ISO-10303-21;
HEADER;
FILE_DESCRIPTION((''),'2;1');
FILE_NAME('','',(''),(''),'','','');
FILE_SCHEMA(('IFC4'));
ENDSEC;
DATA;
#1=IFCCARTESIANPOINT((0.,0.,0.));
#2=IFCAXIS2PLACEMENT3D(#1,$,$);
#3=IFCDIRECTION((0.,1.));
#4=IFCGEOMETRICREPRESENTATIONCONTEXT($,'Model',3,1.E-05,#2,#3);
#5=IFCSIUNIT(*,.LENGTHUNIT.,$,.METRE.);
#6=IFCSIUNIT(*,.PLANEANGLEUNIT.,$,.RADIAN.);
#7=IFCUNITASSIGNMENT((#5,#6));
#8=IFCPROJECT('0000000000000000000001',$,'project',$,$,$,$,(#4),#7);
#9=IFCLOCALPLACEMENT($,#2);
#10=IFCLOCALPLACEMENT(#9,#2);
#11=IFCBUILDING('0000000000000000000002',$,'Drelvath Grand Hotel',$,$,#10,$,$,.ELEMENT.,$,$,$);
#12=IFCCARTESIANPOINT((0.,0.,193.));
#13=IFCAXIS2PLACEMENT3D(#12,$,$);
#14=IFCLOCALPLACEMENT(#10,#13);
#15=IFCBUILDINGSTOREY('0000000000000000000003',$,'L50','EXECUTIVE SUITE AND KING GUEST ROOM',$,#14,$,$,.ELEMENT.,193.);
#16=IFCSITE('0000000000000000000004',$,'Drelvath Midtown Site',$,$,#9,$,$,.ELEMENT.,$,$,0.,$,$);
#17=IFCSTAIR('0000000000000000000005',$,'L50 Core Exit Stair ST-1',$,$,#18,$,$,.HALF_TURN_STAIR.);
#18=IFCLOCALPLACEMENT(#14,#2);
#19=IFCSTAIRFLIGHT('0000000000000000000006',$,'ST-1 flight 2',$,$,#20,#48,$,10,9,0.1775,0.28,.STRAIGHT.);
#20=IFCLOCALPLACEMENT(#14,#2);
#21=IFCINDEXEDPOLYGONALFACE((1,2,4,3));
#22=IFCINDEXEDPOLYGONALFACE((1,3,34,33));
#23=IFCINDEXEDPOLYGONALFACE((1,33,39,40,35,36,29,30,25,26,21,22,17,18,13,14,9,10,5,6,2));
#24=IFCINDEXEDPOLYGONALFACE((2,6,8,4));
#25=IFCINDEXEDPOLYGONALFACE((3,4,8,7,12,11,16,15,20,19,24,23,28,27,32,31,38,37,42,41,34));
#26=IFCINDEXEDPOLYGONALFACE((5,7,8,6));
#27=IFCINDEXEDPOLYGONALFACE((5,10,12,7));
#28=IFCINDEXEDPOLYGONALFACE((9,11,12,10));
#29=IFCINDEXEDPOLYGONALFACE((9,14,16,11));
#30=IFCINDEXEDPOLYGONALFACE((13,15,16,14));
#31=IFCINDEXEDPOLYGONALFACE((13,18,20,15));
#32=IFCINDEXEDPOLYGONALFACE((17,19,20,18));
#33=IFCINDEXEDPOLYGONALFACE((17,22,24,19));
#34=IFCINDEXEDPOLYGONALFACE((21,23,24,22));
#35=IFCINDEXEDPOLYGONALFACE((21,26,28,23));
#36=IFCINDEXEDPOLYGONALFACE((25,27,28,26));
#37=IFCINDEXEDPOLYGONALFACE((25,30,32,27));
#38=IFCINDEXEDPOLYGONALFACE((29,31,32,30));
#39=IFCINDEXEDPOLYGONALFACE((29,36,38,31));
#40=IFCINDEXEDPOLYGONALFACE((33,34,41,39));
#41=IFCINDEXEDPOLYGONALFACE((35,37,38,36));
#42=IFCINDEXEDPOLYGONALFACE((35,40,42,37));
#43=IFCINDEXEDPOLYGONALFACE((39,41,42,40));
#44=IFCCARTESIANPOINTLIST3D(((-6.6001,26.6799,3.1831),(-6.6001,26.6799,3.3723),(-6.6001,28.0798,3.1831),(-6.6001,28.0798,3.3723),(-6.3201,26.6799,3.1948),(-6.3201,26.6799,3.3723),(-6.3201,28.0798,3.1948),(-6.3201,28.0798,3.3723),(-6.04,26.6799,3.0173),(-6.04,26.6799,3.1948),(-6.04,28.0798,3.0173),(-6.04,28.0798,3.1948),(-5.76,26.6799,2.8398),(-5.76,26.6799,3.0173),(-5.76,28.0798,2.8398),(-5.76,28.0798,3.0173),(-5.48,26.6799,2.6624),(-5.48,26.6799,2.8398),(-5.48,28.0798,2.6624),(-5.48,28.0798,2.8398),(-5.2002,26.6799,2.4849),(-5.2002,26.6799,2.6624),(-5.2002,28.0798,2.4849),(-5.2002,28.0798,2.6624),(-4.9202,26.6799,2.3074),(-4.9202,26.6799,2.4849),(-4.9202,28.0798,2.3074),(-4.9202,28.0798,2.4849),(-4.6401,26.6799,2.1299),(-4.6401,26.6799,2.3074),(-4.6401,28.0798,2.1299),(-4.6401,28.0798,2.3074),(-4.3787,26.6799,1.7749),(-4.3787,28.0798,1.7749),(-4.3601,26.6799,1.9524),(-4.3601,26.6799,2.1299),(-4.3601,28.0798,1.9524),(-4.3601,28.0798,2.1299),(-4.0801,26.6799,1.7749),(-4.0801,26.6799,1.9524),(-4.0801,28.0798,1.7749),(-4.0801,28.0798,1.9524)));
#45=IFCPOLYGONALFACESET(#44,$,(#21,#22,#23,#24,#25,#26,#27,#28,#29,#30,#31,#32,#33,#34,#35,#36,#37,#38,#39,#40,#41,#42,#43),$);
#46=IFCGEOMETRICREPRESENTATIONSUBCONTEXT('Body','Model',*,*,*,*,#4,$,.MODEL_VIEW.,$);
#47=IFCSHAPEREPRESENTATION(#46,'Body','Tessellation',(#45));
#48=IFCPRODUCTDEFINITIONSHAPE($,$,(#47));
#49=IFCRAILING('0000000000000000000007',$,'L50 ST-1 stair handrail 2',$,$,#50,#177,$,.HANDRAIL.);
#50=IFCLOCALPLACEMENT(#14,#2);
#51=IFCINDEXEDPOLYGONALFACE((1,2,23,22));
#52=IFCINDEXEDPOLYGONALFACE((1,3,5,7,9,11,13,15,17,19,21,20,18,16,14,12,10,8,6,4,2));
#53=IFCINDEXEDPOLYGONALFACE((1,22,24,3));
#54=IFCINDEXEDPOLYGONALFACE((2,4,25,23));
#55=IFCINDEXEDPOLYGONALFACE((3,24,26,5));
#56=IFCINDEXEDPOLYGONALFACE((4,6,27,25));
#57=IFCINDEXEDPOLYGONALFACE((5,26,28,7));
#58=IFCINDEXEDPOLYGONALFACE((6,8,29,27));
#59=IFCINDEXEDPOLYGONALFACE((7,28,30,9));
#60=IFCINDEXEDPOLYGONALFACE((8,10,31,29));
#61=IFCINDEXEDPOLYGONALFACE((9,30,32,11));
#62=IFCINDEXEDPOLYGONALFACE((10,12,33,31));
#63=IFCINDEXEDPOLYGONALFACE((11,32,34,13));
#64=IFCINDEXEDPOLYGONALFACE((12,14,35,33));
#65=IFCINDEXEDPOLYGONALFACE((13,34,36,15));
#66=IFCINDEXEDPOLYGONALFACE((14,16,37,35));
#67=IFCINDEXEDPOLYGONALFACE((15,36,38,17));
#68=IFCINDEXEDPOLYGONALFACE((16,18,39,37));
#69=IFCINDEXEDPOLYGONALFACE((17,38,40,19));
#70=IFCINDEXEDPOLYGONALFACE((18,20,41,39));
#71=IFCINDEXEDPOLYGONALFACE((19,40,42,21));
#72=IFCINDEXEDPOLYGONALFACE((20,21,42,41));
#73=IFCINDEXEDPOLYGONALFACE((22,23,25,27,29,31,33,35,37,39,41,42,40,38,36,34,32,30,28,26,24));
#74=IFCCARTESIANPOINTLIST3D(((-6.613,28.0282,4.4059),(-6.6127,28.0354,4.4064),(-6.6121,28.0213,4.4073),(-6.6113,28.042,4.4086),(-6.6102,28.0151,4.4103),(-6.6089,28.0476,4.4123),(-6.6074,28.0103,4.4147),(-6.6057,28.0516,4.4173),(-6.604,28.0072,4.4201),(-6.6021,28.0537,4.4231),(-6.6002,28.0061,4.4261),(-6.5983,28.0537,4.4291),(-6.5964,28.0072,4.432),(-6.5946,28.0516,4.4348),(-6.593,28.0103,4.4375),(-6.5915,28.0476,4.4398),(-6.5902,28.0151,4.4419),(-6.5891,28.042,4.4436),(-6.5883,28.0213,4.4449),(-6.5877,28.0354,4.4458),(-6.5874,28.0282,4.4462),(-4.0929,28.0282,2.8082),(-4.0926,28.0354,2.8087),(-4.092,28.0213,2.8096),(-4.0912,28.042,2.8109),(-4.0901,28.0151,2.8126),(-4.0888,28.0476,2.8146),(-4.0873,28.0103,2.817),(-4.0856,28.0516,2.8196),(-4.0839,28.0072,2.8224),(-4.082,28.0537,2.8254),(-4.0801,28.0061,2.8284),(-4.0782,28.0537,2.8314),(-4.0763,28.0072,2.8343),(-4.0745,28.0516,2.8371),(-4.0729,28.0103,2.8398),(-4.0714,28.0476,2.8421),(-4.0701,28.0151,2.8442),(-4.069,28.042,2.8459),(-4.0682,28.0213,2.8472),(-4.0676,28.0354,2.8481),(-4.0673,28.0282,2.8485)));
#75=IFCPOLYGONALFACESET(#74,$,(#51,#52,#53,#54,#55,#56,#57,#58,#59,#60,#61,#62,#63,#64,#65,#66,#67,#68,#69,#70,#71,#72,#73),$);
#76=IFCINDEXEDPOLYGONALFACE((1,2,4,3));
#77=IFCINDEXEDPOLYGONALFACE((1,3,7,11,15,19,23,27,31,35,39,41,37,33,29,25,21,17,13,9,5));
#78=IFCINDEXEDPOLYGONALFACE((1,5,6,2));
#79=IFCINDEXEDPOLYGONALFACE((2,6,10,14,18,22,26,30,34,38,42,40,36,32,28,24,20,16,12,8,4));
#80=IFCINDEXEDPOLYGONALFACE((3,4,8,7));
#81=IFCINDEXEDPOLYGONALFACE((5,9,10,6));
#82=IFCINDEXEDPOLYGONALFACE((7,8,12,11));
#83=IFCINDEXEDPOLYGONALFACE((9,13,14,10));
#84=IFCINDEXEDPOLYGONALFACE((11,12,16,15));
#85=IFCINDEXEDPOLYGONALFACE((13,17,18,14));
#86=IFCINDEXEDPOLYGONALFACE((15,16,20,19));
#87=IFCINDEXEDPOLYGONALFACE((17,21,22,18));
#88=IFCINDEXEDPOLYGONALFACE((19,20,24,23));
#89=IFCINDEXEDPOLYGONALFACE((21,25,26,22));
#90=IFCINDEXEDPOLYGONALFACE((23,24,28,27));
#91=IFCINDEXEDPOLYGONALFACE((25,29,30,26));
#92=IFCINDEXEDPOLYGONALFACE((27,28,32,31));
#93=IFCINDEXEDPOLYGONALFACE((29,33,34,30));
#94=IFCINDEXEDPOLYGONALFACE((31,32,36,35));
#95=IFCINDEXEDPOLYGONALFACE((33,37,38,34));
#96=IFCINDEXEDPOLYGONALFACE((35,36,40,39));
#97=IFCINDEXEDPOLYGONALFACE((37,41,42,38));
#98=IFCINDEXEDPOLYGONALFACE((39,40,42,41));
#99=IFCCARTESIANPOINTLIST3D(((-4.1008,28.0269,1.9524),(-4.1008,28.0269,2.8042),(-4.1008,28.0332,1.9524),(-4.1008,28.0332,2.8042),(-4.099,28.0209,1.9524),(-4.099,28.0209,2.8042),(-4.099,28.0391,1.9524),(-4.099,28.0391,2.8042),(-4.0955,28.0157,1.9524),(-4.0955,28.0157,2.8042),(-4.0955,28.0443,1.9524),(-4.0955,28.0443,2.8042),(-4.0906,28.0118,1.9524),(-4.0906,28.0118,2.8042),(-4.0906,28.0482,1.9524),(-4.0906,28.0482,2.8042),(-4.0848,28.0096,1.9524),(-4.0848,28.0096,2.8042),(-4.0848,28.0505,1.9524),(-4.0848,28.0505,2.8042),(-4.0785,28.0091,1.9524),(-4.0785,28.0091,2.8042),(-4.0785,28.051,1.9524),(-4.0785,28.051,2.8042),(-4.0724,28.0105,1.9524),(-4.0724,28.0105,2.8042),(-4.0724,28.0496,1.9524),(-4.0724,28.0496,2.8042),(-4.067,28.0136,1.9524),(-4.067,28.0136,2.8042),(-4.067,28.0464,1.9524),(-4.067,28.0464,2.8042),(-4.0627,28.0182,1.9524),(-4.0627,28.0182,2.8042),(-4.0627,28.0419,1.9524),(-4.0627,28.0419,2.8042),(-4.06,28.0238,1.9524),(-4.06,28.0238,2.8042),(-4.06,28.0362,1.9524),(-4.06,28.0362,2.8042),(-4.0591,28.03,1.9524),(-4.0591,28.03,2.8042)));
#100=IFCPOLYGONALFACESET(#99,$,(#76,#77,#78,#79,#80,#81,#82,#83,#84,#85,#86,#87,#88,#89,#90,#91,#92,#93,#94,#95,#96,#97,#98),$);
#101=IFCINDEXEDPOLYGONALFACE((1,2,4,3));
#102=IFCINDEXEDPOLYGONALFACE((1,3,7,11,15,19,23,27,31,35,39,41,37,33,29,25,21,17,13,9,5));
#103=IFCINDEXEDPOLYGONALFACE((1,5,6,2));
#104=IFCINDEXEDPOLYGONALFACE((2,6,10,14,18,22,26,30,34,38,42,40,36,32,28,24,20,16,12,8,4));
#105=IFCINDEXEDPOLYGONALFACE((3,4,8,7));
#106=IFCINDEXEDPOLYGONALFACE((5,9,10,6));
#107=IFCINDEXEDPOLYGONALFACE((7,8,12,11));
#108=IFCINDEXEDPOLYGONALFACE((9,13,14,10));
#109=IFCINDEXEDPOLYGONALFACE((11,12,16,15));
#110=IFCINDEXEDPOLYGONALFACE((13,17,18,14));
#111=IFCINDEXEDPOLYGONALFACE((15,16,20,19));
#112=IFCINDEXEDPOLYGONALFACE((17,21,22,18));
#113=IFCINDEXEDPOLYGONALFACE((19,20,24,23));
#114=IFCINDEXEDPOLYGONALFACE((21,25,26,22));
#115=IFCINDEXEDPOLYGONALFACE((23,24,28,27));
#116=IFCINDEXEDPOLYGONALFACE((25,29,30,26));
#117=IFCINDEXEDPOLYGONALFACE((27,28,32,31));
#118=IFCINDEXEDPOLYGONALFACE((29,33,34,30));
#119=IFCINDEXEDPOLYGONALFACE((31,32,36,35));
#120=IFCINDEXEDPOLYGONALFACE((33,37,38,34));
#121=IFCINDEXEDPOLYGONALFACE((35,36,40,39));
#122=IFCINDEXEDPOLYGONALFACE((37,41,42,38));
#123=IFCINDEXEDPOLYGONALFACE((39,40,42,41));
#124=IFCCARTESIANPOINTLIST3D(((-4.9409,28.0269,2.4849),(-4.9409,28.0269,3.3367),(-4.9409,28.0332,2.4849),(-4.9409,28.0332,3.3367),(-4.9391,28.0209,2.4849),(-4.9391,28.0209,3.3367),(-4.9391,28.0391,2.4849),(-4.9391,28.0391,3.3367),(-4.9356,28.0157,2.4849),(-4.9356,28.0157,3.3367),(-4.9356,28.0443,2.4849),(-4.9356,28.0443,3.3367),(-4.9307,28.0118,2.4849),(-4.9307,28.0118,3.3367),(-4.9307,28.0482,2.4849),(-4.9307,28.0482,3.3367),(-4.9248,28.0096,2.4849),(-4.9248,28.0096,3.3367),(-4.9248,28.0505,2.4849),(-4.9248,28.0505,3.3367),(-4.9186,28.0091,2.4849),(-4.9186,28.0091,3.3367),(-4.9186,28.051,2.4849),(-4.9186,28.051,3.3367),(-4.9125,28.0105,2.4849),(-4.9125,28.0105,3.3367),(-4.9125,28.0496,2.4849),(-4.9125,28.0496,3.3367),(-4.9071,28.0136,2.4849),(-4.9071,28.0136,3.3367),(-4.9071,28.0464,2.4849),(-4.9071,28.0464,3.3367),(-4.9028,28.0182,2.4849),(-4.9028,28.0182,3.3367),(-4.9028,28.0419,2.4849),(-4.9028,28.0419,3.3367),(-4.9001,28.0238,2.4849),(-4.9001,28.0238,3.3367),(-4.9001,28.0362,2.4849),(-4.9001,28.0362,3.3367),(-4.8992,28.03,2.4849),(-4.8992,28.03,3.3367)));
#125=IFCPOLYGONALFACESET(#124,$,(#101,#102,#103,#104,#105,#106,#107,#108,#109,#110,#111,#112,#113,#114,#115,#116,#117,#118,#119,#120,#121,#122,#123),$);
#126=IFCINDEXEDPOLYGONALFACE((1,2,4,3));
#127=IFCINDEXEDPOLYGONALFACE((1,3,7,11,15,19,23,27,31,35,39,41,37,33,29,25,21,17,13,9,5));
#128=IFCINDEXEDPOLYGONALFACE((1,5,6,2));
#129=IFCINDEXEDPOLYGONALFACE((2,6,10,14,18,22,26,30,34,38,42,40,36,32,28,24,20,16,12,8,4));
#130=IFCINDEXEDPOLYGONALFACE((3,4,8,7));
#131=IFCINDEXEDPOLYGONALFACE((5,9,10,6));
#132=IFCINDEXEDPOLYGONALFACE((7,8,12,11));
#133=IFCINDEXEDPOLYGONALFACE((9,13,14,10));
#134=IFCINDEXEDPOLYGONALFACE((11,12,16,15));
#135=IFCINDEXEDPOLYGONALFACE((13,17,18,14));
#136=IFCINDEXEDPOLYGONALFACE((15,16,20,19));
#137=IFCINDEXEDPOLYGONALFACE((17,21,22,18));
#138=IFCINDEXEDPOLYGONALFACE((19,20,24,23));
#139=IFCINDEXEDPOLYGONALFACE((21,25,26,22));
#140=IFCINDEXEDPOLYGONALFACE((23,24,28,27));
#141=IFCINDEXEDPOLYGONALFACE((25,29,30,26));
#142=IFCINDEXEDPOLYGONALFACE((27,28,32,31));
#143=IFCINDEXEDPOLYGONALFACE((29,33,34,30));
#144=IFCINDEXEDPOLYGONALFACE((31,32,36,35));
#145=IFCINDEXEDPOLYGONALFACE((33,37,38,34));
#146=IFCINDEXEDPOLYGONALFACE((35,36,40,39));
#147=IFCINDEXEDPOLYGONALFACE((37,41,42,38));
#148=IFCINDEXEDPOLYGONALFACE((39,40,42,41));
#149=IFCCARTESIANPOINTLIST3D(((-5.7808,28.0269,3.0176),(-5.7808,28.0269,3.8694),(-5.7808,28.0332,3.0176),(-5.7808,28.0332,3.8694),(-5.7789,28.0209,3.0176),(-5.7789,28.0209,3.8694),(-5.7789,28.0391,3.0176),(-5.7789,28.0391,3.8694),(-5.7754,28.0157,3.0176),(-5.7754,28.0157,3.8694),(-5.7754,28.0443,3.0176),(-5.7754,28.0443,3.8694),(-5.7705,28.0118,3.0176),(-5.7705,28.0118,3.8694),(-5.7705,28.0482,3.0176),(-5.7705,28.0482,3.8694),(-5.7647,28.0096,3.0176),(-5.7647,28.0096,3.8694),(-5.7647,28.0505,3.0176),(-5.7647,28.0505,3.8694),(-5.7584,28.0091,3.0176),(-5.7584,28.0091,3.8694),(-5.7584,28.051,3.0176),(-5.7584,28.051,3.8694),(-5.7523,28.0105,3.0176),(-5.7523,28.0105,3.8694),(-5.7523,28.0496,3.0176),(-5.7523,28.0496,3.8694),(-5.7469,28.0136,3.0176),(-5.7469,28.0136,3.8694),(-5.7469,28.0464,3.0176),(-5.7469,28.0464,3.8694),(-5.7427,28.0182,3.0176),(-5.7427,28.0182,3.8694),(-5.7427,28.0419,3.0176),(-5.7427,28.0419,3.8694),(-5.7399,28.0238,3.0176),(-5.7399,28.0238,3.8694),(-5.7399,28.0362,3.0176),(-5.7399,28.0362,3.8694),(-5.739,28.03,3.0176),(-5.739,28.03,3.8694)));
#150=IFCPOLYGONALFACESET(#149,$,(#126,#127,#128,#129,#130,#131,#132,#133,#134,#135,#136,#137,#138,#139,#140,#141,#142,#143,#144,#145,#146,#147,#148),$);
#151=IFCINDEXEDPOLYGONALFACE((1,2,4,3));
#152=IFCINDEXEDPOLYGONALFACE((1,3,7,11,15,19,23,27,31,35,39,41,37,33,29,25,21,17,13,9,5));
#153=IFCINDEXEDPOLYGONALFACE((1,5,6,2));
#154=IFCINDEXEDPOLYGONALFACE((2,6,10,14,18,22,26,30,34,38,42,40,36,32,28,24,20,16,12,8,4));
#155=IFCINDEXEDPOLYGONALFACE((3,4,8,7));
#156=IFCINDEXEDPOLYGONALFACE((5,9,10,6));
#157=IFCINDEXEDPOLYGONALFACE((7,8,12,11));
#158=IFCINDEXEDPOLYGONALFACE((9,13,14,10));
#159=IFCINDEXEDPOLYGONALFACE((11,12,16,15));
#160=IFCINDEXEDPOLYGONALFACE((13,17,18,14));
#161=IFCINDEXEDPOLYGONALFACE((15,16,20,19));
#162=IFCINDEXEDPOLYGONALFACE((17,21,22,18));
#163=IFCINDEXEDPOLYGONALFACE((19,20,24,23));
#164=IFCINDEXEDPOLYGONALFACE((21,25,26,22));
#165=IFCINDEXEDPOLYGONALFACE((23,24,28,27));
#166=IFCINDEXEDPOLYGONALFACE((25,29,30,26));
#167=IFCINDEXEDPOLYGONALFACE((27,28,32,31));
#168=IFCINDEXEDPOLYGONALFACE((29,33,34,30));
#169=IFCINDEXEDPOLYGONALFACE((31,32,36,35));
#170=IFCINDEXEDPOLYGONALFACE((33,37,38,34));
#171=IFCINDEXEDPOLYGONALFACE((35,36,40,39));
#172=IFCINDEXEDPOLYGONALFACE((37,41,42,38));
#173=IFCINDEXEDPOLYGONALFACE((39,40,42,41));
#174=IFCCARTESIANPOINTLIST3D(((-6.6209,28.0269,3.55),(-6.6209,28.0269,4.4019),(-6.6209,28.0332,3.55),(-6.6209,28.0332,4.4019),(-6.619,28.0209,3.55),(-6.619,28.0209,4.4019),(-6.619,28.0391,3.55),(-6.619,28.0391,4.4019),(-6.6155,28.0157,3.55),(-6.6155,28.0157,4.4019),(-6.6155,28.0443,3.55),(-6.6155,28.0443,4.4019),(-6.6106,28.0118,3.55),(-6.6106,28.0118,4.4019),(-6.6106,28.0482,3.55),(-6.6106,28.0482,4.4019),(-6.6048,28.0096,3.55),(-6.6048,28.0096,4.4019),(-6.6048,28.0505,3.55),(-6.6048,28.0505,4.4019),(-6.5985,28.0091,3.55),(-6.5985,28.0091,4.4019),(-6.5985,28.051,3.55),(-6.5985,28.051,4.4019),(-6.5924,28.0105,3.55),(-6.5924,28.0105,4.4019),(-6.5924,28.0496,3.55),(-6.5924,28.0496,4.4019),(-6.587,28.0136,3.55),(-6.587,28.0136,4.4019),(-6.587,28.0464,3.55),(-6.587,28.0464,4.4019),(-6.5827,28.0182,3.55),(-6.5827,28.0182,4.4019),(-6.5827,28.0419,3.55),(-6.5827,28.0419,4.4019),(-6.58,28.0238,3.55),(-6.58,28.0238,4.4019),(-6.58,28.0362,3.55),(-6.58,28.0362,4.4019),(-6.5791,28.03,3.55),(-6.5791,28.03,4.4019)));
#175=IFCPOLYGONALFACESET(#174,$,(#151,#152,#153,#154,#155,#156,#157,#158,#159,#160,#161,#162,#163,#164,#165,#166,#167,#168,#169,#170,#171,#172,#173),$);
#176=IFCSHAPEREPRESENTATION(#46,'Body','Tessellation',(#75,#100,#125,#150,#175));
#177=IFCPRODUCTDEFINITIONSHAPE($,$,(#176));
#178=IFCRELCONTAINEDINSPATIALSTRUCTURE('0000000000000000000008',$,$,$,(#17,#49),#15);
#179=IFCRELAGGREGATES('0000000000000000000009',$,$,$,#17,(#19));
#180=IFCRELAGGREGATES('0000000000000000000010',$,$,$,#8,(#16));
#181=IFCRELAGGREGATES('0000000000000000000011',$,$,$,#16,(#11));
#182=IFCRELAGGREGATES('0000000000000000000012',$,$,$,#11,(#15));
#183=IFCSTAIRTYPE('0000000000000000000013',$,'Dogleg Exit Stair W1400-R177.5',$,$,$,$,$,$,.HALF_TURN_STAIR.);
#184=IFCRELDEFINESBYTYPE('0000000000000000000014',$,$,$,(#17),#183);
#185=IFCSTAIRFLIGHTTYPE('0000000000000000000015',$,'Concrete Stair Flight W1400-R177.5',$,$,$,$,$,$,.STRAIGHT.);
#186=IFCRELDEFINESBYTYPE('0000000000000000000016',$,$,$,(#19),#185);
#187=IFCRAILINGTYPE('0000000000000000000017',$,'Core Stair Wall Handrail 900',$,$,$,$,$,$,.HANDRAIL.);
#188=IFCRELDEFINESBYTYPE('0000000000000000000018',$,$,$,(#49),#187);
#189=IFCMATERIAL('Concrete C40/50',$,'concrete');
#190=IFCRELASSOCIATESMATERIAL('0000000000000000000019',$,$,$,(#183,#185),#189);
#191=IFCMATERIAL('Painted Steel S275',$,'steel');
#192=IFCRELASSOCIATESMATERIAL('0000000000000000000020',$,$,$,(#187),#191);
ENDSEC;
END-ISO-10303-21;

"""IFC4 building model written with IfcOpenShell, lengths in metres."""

from ifc_helpers import new_model, si_unit, direction, frame, origin, origin_2d, place, context, subcontext, project, spatial, polyline, circle, outline, extrude, material, type_object, element, aggregate, save


model = new_model("IFC4")

# Units and contexts
model_context = context("Model", 3, precision=1e-05, world=origin(), true_north=direction((0.0, 1.0)))
body_context = subcontext(model_context, "Body", "Model", "MODEL_VIEW")
ifc_project = project(units=[si_unit("LENGTHUNIT", "METRE"), si_unit("PLANEANGLEUNIT", "RADIAN")], contexts=[model_context])

# Site, building, storey
site_placement = place(None, origin())
site = spatial("IfcSite", under=ifc_project, at=site_placement, Name="Drelvath Midtown Site", CompositionType="ELEMENT", RefElevation=0.0)
building_placement = place(site_placement, origin())
building = spatial("IfcBuilding", under=site, at=building_placement, Name="Drelvath Grand Hotel", CompositionType="ELEMENT")
storey_placement = place(building_placement, frame((0.0, 0.0, 193.0)))
storey = spatial("IfcBuildingStorey", under=building, at=storey_placement, Name="L50", Description="EXECUTIVE SUITE AND KING GUEST ROOM", CompositionType="ELEMENT", Elevation=193.0)

# Shared definitions
ifc_material_1 = material(Name="Painted Steel S275", Category="steel")

# Shared definitions
ifc_material_2 = material(Name="Concrete C40/50", Category="concrete")

# Stair, stair flight
stair_type = type_object("IfcStairType", Name="Dogleg Exit Stair W1400-R177.5", PredefinedType="HALF_TURN_STAIR", material=ifc_material_2)
stair_placement = place(storey_placement, origin())
stair = element("IfcStair", 1, at=stair_placement, inside=storey, type_object=stair_type, Name="L50 Core Exit Stair ST-1", PredefinedType="HALF_TURN_STAIR")
stair_flight_type = type_object("IfcStairFlightType", Name="Concrete Stair Flight W1400-R177.5", PredefinedType="STRAIGHT", material=ifc_material_2)
stair_flight_placement = place(storey_placement, frame((-4.0801, 27.3799, 1.7749), z_axis=(0.0, 0.0, 1.0), x_axis=(-1.0, 0.0, 0.0)))
stair_flight = element("IfcStairFlight", 2, at=stair_flight_placement, type_object=stair_flight_type, Name="ST-1 flight 2", NumberOfRisers=10, NumberOfTreads=9, PredefinedType="STRAIGHT", RiserHeight=0.1775, TreadLength=0.28, context=body_context, shape_type="SweptSolid", body=[
    extrude(outline(polyline([(0.0, 0.0), (0.0, 0.1775), (0.28, 0.1775), (0.28, 0.355), (0.5601, 0.355), (0.5601, 0.5325), (0.8401, 0.5325), (0.8401, 0.71), (1.1201, 0.71), (1.1201, 0.8875), (1.3999, 0.8875), (1.3999, 1.0649), (1.6799, 1.0649), (1.6799, 1.2424), (1.96, 1.2424), (1.96, 1.4199), (2.24, 1.4199), (2.24, 1.5974), (2.52, 1.5974), (2.52, 1.7749), (2.52, 1.4082), (0.2986, 0.0), (0.0, 0.0)])), frame((0.0, 0.7, 0.0), z_axis=(0.0, -1.0, 0.0), x_axis=(1.0, 0.0, 0.0)), (0.0, 0.0, 1.0), 1.3999),
])
aggregate(stair, [stair_flight])

# Railing
railing_type_1 = type_object("IfcRailingType", Name="Core Stair Wall Handrail 900", PredefinedType="HANDRAIL", material=ifc_material_1)
railing_1_placement = place(storey_placement, frame((-4.0801, 28.03, 1.9524)))
element("IfcRailing", 3, at=railing_1_placement, inside=storey, type_object=railing_type_1, Name="L50 ST-1 stair handrail 2", PredefinedType="HANDRAIL", context=body_context, shape_type="SweptSolid", body=[
    extrude(circle(Radius=0.0239, at=origin_2d()), frame((0.0, 0.0, 0.876), z_axis=(-0.84457, 0.0, 0.535445), x_axis=(0.0, -1.0, 0.0)), (0.0, 0.0, 1.0), 2.9839),
    extrude(circle(Radius=0.021, at=origin_2d()), origin(), (0.0, 0.0, 1.0), 0.8518),
    extrude(circle(Radius=0.021, at=origin_2d()), frame((-0.8401, 0.0, 0.5325)), (0.0, 0.0, 1.0), 0.8518),
    extrude(circle(Radius=0.021, at=origin_2d()), frame((-1.6799, 0.0, 1.0652)), (0.0, 0.0, 1.0), 0.8518),
    extrude(circle(Radius=0.021, at=origin_2d()), frame((-2.52, 0.0, 1.5977)), (0.0, 0.0, 1.0), 0.8518),
])

save(model, "model.ifc")
